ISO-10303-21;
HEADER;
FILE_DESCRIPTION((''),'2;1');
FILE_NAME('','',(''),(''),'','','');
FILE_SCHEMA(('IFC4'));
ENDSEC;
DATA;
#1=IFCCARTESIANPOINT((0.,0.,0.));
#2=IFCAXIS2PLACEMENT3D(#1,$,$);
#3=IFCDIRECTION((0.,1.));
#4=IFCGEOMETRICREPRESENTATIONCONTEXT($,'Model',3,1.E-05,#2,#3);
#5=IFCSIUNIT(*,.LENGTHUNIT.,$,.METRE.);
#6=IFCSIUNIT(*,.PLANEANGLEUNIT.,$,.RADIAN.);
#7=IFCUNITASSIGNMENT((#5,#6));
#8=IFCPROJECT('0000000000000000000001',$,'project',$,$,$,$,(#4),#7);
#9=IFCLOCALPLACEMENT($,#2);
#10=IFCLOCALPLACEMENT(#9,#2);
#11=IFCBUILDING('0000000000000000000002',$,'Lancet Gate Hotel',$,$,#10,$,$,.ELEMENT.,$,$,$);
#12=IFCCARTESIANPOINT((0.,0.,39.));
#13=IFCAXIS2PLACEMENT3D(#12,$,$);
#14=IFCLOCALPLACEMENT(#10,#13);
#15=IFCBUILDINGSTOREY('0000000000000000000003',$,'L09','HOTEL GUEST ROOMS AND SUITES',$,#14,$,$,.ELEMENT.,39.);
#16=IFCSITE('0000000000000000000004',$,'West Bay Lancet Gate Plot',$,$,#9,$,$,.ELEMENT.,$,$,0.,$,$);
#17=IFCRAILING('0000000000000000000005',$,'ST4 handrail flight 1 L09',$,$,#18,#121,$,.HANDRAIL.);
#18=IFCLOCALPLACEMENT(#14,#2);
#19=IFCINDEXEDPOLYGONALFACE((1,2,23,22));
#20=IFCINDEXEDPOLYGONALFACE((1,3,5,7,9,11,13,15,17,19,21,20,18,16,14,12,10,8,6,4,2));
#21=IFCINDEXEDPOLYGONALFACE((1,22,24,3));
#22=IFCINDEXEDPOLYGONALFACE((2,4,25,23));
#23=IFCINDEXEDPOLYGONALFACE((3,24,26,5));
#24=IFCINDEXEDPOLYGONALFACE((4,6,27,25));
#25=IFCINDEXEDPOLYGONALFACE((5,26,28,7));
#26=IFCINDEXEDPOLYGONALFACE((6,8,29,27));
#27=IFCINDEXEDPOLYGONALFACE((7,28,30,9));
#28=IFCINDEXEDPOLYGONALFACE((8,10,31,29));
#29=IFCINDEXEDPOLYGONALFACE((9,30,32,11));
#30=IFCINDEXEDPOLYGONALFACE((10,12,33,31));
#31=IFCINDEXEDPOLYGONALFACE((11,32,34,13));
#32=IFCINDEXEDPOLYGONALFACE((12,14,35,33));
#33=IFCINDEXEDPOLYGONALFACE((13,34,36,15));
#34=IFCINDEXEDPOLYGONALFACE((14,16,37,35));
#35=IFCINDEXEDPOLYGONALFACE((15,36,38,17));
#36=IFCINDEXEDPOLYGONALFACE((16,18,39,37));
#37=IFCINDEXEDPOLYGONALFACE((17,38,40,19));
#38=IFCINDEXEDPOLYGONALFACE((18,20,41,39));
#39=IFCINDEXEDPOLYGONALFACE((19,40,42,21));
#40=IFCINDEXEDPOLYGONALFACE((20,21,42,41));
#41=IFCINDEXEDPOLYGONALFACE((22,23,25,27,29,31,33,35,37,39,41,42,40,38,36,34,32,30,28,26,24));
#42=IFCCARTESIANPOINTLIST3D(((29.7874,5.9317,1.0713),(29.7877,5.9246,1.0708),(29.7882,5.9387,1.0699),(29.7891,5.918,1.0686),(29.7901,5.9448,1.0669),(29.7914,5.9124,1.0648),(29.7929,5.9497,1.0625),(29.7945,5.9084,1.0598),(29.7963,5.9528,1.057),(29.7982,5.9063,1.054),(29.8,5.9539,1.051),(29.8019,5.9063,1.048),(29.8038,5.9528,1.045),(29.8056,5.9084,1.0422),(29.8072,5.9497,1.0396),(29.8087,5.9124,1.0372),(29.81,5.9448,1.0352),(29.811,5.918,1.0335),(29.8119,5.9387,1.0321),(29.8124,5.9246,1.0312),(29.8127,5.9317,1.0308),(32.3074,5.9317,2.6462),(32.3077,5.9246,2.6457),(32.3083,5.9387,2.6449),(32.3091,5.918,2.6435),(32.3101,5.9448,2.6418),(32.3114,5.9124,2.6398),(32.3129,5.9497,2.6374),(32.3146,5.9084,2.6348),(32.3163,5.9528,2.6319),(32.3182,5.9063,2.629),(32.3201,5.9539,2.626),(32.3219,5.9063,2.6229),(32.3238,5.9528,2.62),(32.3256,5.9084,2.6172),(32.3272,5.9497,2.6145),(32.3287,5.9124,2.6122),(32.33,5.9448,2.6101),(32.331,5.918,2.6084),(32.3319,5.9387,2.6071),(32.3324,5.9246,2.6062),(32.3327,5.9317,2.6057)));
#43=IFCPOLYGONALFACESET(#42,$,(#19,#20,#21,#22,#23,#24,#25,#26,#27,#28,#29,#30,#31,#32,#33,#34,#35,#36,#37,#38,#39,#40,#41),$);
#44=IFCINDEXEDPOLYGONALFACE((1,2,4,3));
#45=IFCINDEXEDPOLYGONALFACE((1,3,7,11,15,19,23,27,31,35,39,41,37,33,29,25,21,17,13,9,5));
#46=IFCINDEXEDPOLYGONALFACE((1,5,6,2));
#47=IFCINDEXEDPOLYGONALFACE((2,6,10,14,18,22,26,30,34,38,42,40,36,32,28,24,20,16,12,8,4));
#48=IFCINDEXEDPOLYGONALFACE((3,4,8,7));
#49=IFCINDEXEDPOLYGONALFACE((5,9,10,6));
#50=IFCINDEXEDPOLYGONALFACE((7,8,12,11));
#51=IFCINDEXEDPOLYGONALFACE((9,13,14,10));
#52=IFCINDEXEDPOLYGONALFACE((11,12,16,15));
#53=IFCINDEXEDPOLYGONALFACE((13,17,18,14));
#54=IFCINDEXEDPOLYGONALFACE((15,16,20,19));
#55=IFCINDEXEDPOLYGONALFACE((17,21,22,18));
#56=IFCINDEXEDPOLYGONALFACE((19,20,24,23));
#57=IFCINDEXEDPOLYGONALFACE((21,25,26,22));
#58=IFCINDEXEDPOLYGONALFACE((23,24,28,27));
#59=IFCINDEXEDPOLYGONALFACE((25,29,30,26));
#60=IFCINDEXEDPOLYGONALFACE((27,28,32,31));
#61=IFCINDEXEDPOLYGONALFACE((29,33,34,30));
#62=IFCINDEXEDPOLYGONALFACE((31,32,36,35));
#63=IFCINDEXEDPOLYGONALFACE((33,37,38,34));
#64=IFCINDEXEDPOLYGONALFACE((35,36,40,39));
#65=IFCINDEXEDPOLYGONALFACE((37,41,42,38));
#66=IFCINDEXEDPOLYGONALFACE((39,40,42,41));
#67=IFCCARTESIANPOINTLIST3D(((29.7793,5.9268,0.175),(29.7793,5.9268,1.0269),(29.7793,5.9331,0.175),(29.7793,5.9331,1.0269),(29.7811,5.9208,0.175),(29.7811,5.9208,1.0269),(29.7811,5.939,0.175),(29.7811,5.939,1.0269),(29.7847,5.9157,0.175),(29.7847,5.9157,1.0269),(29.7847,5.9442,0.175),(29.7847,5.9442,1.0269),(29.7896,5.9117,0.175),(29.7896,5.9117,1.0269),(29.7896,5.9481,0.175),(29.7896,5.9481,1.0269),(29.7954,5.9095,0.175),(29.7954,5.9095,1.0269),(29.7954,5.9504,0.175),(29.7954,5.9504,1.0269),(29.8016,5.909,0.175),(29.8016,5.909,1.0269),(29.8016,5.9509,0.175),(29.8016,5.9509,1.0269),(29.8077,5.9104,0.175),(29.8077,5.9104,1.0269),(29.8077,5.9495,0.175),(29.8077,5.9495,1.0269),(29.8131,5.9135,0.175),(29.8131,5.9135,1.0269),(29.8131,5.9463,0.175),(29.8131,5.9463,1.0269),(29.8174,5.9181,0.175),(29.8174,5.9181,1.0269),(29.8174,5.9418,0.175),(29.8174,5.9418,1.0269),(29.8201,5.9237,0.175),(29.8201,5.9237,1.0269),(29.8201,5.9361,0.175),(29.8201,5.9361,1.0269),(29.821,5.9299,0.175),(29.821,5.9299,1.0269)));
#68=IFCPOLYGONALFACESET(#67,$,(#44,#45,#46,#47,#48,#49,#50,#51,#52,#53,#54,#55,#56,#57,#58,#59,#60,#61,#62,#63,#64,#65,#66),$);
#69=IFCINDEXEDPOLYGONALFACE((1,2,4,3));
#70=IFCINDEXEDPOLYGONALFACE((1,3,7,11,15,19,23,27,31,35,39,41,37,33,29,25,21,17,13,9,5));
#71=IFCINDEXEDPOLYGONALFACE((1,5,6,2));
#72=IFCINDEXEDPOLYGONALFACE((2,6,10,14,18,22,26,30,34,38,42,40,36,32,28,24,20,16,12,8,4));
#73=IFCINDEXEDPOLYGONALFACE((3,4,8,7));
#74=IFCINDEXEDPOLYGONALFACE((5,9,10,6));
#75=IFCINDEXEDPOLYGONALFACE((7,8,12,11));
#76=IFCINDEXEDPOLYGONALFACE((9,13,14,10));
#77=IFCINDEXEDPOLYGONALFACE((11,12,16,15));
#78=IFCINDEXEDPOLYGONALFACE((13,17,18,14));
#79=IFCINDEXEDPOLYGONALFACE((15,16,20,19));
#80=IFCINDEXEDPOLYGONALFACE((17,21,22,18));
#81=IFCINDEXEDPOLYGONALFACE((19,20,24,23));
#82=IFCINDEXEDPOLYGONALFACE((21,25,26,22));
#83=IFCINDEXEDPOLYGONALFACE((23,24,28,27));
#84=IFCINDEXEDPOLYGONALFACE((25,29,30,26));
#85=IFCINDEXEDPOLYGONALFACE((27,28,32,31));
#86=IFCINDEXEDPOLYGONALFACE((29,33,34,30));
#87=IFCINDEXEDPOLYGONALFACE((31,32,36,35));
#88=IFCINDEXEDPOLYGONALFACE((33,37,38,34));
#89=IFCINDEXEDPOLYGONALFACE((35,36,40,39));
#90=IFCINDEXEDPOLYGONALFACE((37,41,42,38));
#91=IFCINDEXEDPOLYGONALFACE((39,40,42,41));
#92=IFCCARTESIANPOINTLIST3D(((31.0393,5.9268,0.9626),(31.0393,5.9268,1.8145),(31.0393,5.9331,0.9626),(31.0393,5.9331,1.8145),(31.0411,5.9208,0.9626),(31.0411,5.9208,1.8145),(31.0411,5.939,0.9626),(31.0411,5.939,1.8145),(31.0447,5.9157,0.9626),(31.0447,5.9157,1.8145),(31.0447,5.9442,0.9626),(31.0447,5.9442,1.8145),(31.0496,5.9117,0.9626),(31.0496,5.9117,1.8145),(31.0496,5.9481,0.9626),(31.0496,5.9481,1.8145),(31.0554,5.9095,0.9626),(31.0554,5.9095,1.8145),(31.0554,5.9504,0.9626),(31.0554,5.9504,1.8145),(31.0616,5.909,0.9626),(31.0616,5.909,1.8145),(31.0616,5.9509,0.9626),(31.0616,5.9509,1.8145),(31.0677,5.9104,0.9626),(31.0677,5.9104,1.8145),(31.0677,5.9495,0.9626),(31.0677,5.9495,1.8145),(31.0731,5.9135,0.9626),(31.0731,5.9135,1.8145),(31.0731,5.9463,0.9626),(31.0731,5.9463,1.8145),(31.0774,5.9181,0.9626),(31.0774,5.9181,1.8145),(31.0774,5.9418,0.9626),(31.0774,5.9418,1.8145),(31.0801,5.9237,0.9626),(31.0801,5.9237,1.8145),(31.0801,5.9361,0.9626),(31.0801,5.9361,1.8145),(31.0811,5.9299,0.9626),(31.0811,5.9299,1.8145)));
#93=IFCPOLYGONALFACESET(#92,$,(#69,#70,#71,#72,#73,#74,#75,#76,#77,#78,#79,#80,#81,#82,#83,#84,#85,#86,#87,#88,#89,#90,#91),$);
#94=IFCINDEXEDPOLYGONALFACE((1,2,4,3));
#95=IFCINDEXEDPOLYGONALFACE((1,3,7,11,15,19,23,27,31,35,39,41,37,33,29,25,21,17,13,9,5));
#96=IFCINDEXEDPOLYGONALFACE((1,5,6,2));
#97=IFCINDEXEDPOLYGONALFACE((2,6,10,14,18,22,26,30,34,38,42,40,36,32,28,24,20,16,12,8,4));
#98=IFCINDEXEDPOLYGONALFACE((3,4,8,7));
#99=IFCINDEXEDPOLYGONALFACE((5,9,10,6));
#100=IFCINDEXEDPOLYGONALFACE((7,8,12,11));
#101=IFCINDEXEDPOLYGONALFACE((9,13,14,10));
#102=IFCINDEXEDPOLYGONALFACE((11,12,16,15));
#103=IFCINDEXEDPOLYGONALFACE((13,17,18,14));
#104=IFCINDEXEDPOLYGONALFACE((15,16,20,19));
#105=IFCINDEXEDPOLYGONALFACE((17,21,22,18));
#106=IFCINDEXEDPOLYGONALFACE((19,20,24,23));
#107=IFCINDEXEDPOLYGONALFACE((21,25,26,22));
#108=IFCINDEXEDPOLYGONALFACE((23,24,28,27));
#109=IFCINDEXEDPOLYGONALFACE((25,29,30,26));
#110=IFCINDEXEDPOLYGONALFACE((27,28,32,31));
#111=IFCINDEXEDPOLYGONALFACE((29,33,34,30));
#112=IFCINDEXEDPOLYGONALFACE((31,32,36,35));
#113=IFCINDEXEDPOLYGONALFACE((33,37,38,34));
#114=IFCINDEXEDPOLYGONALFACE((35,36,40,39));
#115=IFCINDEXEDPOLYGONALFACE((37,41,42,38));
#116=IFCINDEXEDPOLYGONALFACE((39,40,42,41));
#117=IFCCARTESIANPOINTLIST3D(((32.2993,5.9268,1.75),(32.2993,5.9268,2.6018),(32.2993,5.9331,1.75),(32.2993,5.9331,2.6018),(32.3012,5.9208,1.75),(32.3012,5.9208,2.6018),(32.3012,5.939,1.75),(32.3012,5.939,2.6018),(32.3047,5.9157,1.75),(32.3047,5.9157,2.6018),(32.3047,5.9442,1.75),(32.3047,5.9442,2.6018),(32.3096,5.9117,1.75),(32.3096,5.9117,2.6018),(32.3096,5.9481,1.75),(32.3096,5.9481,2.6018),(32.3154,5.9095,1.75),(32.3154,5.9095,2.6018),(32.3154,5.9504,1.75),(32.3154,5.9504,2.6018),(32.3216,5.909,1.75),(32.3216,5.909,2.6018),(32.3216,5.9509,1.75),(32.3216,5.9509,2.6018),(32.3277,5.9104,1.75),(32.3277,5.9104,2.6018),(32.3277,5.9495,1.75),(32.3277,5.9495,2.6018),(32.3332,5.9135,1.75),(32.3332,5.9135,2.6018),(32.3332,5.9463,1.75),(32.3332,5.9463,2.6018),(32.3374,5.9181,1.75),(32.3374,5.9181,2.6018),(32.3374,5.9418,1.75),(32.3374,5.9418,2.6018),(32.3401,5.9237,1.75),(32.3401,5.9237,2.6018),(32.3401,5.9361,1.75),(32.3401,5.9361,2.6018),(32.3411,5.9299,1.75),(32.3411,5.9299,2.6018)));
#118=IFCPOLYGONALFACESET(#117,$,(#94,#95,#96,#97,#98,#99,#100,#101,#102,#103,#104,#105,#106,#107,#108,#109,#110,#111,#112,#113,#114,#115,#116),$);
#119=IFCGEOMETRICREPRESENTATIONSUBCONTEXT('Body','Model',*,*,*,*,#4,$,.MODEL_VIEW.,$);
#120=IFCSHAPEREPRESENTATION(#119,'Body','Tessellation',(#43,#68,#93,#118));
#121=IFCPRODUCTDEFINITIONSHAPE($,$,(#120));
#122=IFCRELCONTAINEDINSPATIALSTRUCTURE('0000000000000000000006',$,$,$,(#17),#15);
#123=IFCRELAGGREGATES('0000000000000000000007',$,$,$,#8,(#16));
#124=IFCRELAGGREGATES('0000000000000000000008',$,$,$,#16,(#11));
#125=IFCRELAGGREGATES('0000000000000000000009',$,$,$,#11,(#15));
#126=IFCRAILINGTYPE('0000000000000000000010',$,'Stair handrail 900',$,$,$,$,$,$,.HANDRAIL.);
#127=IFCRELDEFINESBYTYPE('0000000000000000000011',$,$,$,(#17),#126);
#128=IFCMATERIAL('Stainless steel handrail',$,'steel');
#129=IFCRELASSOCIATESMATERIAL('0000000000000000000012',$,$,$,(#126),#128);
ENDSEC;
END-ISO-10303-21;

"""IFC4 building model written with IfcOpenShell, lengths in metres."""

from ifc_helpers import new_model, si_unit, direction, frame, origin, origin_2d, place, context, subcontext, project, spatial, circle, extrude, material, type_object, element, save


model = new_model("IFC4")

# Units and contexts
model_context = context("Model", 3, precision=1e-05, world=origin(), true_north=direction((0.0, 1.0)))
body_context = subcontext(model_context, "Body", "Model", "MODEL_VIEW")
ifc_project = project(units=[si_unit("LENGTHUNIT", "METRE"), si_unit("PLANEANGLEUNIT", "RADIAN")], contexts=[model_context])

# Site, building, storey
site_placement = place(None, origin())
site = spatial("IfcSite", under=ifc_project, at=site_placement, Name="West Bay Lancet Gate Plot", CompositionType="ELEMENT", RefElevation=0.0)
building_placement = place(site_placement, origin())
building = spatial("IfcBuilding", under=site, at=building_placement, Name="Lancet Gate Hotel", CompositionType="ELEMENT")
storey_placement = place(building_placement, frame((0.0, 0.0, 39.0)))
storey = spatial("IfcBuildingStorey", under=building, at=storey_placement, Name="L09", Description="HOTEL GUEST ROOMS AND SUITES", CompositionType="ELEMENT", Elevation=39.0)

# Railing
ifc_material_1 = material(Name="Stainless steel handrail", Category="steel")
railing_type = type_object("IfcRailingType", Name="Stair handrail 900", PredefinedType="HANDRAIL", material=ifc_material_1)
railing_1_placement = place(storey_placement, frame((29.8, 5.9299, 0.175)))
element("IfcRailing", 1, at=railing_1_placement, inside=storey, type_object=railing_type, Name="ST4 handrail flight 1 L09", PredefinedType="HANDRAIL", context=body_context, shape_type="SweptSolid", body=[
    extrude(circle(Radius=0.0239, at=origin_2d()), frame((0.0, 0.0, 0.876), z_axis=(0.848008, 0.0, 0.529984), x_axis=(0.0, 1.0, 0.0)), (0.0, 0.0, 1.0), 2.9717),
    extrude(circle(Radius=0.021, at=origin_2d()), origin(), (0.0, 0.0, 1.0), 0.8518),
    extrude(circle(Radius=0.021, at=origin_2d()), frame((1.26, 0.0, 0.7876)), (0.0, 0.0, 1.0), 0.8518),
    extrude(circle(Radius=0.021, at=origin_2d()), frame((2.52, 0.0, 1.575)), (0.0, 0.0, 1.0), 0.8518),
])

save(model, "model.ifc")
